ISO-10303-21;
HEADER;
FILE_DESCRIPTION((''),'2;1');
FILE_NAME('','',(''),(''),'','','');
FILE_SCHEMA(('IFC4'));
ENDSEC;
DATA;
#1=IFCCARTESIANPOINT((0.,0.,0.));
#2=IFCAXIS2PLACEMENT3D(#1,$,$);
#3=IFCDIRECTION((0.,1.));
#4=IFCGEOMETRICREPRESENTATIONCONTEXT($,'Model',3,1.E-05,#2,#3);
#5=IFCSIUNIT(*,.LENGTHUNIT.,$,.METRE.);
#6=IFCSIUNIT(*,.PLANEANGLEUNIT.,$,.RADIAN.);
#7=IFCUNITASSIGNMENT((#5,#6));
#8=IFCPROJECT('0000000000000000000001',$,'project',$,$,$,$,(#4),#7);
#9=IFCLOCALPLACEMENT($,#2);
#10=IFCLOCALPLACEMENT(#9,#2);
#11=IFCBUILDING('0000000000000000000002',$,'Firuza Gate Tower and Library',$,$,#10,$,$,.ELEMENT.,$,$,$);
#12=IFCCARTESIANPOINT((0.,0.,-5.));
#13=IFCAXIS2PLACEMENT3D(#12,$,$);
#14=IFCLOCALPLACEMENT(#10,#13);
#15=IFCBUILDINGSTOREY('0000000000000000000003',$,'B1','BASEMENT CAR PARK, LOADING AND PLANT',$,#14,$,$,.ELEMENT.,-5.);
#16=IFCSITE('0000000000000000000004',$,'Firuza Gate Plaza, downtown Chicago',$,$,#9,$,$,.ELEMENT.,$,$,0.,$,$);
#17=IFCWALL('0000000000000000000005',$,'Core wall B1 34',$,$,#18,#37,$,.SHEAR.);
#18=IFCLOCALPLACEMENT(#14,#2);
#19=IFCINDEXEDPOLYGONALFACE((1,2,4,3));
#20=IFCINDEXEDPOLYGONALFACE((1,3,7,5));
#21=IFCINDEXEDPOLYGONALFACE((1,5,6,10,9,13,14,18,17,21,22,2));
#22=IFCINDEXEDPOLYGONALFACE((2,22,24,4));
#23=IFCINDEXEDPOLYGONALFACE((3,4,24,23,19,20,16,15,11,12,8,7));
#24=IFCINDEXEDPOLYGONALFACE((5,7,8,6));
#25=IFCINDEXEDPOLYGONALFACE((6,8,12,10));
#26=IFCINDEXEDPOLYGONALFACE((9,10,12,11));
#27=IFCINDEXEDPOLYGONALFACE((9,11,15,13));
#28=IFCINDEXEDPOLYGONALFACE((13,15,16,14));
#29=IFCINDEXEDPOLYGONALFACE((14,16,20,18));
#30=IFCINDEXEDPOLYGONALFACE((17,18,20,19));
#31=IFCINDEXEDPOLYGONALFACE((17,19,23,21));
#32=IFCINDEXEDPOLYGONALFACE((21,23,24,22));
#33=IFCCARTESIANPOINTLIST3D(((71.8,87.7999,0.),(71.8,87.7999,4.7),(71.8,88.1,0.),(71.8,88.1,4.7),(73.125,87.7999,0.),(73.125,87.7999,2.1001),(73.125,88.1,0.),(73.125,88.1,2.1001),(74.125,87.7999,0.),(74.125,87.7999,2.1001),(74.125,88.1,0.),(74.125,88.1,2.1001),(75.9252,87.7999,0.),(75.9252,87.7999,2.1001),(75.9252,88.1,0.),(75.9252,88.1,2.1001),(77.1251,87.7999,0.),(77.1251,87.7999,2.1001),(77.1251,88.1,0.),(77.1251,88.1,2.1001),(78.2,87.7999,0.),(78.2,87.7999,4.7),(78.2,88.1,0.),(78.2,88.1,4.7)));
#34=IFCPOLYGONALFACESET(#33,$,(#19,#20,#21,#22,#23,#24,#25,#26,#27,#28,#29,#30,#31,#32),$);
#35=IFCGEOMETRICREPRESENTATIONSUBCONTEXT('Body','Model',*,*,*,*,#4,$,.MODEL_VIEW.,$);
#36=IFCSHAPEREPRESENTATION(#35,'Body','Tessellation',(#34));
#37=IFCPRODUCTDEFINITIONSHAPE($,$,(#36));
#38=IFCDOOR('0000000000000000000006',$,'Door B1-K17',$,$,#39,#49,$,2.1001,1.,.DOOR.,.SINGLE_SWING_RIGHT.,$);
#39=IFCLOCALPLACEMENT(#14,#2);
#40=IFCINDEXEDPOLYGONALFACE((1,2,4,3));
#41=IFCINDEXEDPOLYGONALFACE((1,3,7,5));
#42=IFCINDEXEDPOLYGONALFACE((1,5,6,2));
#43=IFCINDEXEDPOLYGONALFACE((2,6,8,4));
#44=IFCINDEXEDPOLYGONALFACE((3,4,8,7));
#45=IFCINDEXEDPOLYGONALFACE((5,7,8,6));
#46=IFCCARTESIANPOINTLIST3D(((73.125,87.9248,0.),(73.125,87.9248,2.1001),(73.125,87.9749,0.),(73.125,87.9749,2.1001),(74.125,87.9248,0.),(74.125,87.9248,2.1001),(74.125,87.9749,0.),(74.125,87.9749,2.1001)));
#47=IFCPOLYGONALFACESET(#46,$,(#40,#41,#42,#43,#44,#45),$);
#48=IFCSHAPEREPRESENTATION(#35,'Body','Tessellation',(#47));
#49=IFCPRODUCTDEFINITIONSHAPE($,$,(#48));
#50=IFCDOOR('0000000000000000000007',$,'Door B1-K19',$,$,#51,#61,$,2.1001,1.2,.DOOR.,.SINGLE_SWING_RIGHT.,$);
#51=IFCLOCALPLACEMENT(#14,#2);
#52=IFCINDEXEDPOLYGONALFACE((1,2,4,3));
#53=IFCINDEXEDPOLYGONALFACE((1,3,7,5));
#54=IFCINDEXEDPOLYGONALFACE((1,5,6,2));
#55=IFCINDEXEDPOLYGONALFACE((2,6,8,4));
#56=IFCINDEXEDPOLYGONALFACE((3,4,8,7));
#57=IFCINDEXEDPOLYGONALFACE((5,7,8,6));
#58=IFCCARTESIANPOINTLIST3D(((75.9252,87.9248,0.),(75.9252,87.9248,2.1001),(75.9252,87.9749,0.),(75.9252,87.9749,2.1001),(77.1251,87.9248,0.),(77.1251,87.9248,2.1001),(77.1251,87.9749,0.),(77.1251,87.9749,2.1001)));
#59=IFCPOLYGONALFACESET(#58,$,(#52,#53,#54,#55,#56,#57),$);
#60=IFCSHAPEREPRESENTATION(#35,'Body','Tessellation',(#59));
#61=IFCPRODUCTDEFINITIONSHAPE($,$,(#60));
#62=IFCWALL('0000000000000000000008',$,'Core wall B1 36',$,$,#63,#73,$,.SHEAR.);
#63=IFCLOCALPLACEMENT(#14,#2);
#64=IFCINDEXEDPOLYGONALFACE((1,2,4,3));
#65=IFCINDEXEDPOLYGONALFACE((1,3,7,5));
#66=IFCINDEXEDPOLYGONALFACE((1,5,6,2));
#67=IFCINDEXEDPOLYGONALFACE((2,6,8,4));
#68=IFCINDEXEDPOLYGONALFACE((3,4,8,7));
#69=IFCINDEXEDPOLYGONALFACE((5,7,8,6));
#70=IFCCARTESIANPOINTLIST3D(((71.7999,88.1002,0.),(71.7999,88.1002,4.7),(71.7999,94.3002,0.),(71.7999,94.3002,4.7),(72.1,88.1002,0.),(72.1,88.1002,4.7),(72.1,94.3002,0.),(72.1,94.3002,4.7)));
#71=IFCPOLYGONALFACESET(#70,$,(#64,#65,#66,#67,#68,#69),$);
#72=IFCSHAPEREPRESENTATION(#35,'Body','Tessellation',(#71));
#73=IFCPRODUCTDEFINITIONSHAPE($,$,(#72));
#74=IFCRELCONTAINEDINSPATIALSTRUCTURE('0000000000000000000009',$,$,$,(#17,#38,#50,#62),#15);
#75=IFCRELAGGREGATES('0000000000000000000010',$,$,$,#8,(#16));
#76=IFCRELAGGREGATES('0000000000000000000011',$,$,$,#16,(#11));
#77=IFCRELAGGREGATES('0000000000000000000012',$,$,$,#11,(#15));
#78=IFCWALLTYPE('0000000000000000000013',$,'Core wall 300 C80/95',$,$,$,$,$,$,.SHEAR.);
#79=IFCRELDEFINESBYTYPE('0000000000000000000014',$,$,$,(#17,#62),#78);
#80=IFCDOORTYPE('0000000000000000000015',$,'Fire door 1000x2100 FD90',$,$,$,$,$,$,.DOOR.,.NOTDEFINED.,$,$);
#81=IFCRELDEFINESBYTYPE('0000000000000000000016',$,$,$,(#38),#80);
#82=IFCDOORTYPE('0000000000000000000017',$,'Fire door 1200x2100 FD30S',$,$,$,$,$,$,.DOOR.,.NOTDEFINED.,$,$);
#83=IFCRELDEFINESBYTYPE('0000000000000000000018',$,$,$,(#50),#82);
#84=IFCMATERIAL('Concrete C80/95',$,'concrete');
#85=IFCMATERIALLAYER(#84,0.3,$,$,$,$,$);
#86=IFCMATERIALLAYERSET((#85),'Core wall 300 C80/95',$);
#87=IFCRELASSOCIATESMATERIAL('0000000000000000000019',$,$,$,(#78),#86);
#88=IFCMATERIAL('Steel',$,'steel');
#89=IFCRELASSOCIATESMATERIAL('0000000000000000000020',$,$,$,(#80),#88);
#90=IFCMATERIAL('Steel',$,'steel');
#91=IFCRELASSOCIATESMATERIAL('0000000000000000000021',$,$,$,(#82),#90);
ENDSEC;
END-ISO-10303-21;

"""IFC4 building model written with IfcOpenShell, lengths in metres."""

from ifc_helpers import new_model, si_unit, direction, frame, frame_2d, origin, place, context, subcontext, project, spatial, rectangle, extrude, material, layer, layer_set, type_object, element, fill, save


model = new_model("IFC4")

# Units and contexts
model_context = context("Model", 3, precision=1e-05, world=origin(), true_north=direction((0.0, 1.0)))
body_context = subcontext(model_context, "Body", "Model", "MODEL_VIEW")
ifc_project = project(units=[si_unit("LENGTHUNIT", "METRE"), si_unit("PLANEANGLEUNIT", "RADIAN")], contexts=[model_context])

# Site, building, storey
site_placement = place(None, origin())
site = spatial("IfcSite", under=ifc_project, at=site_placement, Name="Firuza Gate Plaza, downtown Chicago", CompositionType="ELEMENT", RefElevation=0.0)
building_placement = place(site_placement, origin())
building = spatial("IfcBuilding", under=site, at=building_placement, Name="Firuza Gate Tower and Library", CompositionType="ELEMENT")
storey_placement = place(building_placement, frame((0.0, 0.0, -5.0)))
storey = spatial("IfcBuildingStorey", under=building, at=storey_placement, Name="B1", Description="BASEMENT CAR PARK, LOADING AND PLANT", CompositionType="ELEMENT", Elevation=-5.0)

# Shared definitions
ifc_material_1 = material(Name="Concrete C80/95", Category="concrete")
ifc_layer_1 = layer(ifc_material_1, 0.3)
ifc_layer_set_1 = layer_set([ifc_layer_1], Name="Core wall 300 C80/95")
wall_type_1 = type_object("IfcWallType", Name="Core wall 300 C80/95", PredefinedType="SHEAR", material=ifc_layer_set_1)
ifc_material_2 = material(Name="Steel", Category="steel")
door_type_1 = type_object("IfcDoorType", Name="Fire door 1000x2100 FD90", OperationType="NOTDEFINED", PredefinedType="DOOR", material=ifc_material_2)

# Wall, openings, doors
wall_1_placement = place(storey_placement, frame((71.8, 87.95, 0.0), z_axis=(0.0, 0.0, 1.0), x_axis=(1.0, 0.0, 0.0)))
wall_1 = element("IfcWall", 1, at=wall_1_placement, inside=storey, type_object=wall_type_1, Name="Core wall B1 34", PredefinedType="SHEAR", context=body_context, shape_type="SweptSolid", body=[
    extrude(rectangle(XDim=6.3999, YDim=0.3, at=frame_2d((3.2, 0.0))), origin(), (0.0, 0.0, 1.0), 4.7),
])
opening_1_placement = place(wall_1_placement, frame((1.325, 0.0, 0.0)))
opening_1 = element("IfcOpeningElement", 2, at=opening_1_placement, cuts=wall_1, PredefinedType="OPENING", context=body_context, shape_type="SweptSolid", body=[
    extrude(rectangle(XDim=1.0, YDim=2.1001, at=frame_2d((0.5, 1.05))), frame((0.0, 0.1602, 0.0), z_axis=(0.0, -1.0, 0.0), x_axis=(1.0, 0.0, 0.0)), (0.0, 0.0, 1.0), 0.3201),
])
opening_2_placement = place(wall_1_placement, frame((4.125, 0.0, 0.0)))
opening_2 = element("IfcOpeningElement", 3, at=opening_2_placement, cuts=wall_1, PredefinedType="OPENING", context=body_context, shape_type="SweptSolid", body=[
    extrude(rectangle(XDim=1.2, YDim=2.1001, at=frame_2d((0.6001, 1.05))), frame((0.0, 0.1602, 0.0), z_axis=(0.0, -1.0, 0.0), x_axis=(1.0, 0.0, 0.0)), (0.0, 0.0, 1.0), 0.3201),
])
door_1_placement = place(opening_1_placement, origin())
door_1 = element("IfcDoor", 4, at=door_1_placement, inside=storey, type_object=door_type_1, Name="Door B1-K17", OperationType="SINGLE_SWING_RIGHT", OverallHeight=2.1001, OverallWidth=1.0, PredefinedType="DOOR", context=body_context, shape_type="SweptSolid", body=[
    extrude(rectangle(XDim=1.0, YDim=2.1001, at=frame_2d((0.5, 1.05))), frame((0.0, 0.0249, 0.0), z_axis=(0.0, -1.0, 0.0), x_axis=(1.0, 0.0, 0.0)), (0.0, 0.0, 1.0), 0.05),
])
fill(opening_1, door_1)
ifc_material_3 = material(Name="Steel", Category="steel")
door_type_2 = type_object("IfcDoorType", Name="Fire door 1200x2100 FD30S", OperationType="NOTDEFINED", PredefinedType="DOOR", material=ifc_material_3)
door_2_placement = place(opening_2_placement, origin())
door_2 = element("IfcDoor", 5, at=door_2_placement, inside=storey, type_object=door_type_2, Name="Door B1-K19", OperationType="SINGLE_SWING_RIGHT", OverallHeight=2.1001, OverallWidth=1.2, PredefinedType="DOOR", context=body_context, shape_type="SweptSolid", body=[
    extrude(rectangle(XDim=1.2, YDim=2.1001, at=frame_2d((0.6001, 1.05))), frame((0.0, 0.0249, 0.0), z_axis=(0.0, -1.0, 0.0), x_axis=(1.0, 0.0, 0.0)), (0.0, 0.0, 1.0), 0.05),
])
fill(opening_2, door_2)

# Wall
wall_2_placement = place(storey_placement, frame((71.95, 88.1001, 0.0), z_axis=(0.0, 0.0, 1.0), x_axis=(0.0, 1.0, 0.0)))
element("IfcWall", 6, at=wall_2_placement, inside=storey, type_object=wall_type_1, Name="Core wall B1 36", PredefinedType="SHEAR", context=body_context, shape_type="SweptSolid", body=[
    extrude(rectangle(XDim=6.2, YDim=0.3, at=frame_2d((3.1001, 0.0))), origin(), (0.0, 0.0, 1.0), 4.7),
])

save(model, "model.ifc")
